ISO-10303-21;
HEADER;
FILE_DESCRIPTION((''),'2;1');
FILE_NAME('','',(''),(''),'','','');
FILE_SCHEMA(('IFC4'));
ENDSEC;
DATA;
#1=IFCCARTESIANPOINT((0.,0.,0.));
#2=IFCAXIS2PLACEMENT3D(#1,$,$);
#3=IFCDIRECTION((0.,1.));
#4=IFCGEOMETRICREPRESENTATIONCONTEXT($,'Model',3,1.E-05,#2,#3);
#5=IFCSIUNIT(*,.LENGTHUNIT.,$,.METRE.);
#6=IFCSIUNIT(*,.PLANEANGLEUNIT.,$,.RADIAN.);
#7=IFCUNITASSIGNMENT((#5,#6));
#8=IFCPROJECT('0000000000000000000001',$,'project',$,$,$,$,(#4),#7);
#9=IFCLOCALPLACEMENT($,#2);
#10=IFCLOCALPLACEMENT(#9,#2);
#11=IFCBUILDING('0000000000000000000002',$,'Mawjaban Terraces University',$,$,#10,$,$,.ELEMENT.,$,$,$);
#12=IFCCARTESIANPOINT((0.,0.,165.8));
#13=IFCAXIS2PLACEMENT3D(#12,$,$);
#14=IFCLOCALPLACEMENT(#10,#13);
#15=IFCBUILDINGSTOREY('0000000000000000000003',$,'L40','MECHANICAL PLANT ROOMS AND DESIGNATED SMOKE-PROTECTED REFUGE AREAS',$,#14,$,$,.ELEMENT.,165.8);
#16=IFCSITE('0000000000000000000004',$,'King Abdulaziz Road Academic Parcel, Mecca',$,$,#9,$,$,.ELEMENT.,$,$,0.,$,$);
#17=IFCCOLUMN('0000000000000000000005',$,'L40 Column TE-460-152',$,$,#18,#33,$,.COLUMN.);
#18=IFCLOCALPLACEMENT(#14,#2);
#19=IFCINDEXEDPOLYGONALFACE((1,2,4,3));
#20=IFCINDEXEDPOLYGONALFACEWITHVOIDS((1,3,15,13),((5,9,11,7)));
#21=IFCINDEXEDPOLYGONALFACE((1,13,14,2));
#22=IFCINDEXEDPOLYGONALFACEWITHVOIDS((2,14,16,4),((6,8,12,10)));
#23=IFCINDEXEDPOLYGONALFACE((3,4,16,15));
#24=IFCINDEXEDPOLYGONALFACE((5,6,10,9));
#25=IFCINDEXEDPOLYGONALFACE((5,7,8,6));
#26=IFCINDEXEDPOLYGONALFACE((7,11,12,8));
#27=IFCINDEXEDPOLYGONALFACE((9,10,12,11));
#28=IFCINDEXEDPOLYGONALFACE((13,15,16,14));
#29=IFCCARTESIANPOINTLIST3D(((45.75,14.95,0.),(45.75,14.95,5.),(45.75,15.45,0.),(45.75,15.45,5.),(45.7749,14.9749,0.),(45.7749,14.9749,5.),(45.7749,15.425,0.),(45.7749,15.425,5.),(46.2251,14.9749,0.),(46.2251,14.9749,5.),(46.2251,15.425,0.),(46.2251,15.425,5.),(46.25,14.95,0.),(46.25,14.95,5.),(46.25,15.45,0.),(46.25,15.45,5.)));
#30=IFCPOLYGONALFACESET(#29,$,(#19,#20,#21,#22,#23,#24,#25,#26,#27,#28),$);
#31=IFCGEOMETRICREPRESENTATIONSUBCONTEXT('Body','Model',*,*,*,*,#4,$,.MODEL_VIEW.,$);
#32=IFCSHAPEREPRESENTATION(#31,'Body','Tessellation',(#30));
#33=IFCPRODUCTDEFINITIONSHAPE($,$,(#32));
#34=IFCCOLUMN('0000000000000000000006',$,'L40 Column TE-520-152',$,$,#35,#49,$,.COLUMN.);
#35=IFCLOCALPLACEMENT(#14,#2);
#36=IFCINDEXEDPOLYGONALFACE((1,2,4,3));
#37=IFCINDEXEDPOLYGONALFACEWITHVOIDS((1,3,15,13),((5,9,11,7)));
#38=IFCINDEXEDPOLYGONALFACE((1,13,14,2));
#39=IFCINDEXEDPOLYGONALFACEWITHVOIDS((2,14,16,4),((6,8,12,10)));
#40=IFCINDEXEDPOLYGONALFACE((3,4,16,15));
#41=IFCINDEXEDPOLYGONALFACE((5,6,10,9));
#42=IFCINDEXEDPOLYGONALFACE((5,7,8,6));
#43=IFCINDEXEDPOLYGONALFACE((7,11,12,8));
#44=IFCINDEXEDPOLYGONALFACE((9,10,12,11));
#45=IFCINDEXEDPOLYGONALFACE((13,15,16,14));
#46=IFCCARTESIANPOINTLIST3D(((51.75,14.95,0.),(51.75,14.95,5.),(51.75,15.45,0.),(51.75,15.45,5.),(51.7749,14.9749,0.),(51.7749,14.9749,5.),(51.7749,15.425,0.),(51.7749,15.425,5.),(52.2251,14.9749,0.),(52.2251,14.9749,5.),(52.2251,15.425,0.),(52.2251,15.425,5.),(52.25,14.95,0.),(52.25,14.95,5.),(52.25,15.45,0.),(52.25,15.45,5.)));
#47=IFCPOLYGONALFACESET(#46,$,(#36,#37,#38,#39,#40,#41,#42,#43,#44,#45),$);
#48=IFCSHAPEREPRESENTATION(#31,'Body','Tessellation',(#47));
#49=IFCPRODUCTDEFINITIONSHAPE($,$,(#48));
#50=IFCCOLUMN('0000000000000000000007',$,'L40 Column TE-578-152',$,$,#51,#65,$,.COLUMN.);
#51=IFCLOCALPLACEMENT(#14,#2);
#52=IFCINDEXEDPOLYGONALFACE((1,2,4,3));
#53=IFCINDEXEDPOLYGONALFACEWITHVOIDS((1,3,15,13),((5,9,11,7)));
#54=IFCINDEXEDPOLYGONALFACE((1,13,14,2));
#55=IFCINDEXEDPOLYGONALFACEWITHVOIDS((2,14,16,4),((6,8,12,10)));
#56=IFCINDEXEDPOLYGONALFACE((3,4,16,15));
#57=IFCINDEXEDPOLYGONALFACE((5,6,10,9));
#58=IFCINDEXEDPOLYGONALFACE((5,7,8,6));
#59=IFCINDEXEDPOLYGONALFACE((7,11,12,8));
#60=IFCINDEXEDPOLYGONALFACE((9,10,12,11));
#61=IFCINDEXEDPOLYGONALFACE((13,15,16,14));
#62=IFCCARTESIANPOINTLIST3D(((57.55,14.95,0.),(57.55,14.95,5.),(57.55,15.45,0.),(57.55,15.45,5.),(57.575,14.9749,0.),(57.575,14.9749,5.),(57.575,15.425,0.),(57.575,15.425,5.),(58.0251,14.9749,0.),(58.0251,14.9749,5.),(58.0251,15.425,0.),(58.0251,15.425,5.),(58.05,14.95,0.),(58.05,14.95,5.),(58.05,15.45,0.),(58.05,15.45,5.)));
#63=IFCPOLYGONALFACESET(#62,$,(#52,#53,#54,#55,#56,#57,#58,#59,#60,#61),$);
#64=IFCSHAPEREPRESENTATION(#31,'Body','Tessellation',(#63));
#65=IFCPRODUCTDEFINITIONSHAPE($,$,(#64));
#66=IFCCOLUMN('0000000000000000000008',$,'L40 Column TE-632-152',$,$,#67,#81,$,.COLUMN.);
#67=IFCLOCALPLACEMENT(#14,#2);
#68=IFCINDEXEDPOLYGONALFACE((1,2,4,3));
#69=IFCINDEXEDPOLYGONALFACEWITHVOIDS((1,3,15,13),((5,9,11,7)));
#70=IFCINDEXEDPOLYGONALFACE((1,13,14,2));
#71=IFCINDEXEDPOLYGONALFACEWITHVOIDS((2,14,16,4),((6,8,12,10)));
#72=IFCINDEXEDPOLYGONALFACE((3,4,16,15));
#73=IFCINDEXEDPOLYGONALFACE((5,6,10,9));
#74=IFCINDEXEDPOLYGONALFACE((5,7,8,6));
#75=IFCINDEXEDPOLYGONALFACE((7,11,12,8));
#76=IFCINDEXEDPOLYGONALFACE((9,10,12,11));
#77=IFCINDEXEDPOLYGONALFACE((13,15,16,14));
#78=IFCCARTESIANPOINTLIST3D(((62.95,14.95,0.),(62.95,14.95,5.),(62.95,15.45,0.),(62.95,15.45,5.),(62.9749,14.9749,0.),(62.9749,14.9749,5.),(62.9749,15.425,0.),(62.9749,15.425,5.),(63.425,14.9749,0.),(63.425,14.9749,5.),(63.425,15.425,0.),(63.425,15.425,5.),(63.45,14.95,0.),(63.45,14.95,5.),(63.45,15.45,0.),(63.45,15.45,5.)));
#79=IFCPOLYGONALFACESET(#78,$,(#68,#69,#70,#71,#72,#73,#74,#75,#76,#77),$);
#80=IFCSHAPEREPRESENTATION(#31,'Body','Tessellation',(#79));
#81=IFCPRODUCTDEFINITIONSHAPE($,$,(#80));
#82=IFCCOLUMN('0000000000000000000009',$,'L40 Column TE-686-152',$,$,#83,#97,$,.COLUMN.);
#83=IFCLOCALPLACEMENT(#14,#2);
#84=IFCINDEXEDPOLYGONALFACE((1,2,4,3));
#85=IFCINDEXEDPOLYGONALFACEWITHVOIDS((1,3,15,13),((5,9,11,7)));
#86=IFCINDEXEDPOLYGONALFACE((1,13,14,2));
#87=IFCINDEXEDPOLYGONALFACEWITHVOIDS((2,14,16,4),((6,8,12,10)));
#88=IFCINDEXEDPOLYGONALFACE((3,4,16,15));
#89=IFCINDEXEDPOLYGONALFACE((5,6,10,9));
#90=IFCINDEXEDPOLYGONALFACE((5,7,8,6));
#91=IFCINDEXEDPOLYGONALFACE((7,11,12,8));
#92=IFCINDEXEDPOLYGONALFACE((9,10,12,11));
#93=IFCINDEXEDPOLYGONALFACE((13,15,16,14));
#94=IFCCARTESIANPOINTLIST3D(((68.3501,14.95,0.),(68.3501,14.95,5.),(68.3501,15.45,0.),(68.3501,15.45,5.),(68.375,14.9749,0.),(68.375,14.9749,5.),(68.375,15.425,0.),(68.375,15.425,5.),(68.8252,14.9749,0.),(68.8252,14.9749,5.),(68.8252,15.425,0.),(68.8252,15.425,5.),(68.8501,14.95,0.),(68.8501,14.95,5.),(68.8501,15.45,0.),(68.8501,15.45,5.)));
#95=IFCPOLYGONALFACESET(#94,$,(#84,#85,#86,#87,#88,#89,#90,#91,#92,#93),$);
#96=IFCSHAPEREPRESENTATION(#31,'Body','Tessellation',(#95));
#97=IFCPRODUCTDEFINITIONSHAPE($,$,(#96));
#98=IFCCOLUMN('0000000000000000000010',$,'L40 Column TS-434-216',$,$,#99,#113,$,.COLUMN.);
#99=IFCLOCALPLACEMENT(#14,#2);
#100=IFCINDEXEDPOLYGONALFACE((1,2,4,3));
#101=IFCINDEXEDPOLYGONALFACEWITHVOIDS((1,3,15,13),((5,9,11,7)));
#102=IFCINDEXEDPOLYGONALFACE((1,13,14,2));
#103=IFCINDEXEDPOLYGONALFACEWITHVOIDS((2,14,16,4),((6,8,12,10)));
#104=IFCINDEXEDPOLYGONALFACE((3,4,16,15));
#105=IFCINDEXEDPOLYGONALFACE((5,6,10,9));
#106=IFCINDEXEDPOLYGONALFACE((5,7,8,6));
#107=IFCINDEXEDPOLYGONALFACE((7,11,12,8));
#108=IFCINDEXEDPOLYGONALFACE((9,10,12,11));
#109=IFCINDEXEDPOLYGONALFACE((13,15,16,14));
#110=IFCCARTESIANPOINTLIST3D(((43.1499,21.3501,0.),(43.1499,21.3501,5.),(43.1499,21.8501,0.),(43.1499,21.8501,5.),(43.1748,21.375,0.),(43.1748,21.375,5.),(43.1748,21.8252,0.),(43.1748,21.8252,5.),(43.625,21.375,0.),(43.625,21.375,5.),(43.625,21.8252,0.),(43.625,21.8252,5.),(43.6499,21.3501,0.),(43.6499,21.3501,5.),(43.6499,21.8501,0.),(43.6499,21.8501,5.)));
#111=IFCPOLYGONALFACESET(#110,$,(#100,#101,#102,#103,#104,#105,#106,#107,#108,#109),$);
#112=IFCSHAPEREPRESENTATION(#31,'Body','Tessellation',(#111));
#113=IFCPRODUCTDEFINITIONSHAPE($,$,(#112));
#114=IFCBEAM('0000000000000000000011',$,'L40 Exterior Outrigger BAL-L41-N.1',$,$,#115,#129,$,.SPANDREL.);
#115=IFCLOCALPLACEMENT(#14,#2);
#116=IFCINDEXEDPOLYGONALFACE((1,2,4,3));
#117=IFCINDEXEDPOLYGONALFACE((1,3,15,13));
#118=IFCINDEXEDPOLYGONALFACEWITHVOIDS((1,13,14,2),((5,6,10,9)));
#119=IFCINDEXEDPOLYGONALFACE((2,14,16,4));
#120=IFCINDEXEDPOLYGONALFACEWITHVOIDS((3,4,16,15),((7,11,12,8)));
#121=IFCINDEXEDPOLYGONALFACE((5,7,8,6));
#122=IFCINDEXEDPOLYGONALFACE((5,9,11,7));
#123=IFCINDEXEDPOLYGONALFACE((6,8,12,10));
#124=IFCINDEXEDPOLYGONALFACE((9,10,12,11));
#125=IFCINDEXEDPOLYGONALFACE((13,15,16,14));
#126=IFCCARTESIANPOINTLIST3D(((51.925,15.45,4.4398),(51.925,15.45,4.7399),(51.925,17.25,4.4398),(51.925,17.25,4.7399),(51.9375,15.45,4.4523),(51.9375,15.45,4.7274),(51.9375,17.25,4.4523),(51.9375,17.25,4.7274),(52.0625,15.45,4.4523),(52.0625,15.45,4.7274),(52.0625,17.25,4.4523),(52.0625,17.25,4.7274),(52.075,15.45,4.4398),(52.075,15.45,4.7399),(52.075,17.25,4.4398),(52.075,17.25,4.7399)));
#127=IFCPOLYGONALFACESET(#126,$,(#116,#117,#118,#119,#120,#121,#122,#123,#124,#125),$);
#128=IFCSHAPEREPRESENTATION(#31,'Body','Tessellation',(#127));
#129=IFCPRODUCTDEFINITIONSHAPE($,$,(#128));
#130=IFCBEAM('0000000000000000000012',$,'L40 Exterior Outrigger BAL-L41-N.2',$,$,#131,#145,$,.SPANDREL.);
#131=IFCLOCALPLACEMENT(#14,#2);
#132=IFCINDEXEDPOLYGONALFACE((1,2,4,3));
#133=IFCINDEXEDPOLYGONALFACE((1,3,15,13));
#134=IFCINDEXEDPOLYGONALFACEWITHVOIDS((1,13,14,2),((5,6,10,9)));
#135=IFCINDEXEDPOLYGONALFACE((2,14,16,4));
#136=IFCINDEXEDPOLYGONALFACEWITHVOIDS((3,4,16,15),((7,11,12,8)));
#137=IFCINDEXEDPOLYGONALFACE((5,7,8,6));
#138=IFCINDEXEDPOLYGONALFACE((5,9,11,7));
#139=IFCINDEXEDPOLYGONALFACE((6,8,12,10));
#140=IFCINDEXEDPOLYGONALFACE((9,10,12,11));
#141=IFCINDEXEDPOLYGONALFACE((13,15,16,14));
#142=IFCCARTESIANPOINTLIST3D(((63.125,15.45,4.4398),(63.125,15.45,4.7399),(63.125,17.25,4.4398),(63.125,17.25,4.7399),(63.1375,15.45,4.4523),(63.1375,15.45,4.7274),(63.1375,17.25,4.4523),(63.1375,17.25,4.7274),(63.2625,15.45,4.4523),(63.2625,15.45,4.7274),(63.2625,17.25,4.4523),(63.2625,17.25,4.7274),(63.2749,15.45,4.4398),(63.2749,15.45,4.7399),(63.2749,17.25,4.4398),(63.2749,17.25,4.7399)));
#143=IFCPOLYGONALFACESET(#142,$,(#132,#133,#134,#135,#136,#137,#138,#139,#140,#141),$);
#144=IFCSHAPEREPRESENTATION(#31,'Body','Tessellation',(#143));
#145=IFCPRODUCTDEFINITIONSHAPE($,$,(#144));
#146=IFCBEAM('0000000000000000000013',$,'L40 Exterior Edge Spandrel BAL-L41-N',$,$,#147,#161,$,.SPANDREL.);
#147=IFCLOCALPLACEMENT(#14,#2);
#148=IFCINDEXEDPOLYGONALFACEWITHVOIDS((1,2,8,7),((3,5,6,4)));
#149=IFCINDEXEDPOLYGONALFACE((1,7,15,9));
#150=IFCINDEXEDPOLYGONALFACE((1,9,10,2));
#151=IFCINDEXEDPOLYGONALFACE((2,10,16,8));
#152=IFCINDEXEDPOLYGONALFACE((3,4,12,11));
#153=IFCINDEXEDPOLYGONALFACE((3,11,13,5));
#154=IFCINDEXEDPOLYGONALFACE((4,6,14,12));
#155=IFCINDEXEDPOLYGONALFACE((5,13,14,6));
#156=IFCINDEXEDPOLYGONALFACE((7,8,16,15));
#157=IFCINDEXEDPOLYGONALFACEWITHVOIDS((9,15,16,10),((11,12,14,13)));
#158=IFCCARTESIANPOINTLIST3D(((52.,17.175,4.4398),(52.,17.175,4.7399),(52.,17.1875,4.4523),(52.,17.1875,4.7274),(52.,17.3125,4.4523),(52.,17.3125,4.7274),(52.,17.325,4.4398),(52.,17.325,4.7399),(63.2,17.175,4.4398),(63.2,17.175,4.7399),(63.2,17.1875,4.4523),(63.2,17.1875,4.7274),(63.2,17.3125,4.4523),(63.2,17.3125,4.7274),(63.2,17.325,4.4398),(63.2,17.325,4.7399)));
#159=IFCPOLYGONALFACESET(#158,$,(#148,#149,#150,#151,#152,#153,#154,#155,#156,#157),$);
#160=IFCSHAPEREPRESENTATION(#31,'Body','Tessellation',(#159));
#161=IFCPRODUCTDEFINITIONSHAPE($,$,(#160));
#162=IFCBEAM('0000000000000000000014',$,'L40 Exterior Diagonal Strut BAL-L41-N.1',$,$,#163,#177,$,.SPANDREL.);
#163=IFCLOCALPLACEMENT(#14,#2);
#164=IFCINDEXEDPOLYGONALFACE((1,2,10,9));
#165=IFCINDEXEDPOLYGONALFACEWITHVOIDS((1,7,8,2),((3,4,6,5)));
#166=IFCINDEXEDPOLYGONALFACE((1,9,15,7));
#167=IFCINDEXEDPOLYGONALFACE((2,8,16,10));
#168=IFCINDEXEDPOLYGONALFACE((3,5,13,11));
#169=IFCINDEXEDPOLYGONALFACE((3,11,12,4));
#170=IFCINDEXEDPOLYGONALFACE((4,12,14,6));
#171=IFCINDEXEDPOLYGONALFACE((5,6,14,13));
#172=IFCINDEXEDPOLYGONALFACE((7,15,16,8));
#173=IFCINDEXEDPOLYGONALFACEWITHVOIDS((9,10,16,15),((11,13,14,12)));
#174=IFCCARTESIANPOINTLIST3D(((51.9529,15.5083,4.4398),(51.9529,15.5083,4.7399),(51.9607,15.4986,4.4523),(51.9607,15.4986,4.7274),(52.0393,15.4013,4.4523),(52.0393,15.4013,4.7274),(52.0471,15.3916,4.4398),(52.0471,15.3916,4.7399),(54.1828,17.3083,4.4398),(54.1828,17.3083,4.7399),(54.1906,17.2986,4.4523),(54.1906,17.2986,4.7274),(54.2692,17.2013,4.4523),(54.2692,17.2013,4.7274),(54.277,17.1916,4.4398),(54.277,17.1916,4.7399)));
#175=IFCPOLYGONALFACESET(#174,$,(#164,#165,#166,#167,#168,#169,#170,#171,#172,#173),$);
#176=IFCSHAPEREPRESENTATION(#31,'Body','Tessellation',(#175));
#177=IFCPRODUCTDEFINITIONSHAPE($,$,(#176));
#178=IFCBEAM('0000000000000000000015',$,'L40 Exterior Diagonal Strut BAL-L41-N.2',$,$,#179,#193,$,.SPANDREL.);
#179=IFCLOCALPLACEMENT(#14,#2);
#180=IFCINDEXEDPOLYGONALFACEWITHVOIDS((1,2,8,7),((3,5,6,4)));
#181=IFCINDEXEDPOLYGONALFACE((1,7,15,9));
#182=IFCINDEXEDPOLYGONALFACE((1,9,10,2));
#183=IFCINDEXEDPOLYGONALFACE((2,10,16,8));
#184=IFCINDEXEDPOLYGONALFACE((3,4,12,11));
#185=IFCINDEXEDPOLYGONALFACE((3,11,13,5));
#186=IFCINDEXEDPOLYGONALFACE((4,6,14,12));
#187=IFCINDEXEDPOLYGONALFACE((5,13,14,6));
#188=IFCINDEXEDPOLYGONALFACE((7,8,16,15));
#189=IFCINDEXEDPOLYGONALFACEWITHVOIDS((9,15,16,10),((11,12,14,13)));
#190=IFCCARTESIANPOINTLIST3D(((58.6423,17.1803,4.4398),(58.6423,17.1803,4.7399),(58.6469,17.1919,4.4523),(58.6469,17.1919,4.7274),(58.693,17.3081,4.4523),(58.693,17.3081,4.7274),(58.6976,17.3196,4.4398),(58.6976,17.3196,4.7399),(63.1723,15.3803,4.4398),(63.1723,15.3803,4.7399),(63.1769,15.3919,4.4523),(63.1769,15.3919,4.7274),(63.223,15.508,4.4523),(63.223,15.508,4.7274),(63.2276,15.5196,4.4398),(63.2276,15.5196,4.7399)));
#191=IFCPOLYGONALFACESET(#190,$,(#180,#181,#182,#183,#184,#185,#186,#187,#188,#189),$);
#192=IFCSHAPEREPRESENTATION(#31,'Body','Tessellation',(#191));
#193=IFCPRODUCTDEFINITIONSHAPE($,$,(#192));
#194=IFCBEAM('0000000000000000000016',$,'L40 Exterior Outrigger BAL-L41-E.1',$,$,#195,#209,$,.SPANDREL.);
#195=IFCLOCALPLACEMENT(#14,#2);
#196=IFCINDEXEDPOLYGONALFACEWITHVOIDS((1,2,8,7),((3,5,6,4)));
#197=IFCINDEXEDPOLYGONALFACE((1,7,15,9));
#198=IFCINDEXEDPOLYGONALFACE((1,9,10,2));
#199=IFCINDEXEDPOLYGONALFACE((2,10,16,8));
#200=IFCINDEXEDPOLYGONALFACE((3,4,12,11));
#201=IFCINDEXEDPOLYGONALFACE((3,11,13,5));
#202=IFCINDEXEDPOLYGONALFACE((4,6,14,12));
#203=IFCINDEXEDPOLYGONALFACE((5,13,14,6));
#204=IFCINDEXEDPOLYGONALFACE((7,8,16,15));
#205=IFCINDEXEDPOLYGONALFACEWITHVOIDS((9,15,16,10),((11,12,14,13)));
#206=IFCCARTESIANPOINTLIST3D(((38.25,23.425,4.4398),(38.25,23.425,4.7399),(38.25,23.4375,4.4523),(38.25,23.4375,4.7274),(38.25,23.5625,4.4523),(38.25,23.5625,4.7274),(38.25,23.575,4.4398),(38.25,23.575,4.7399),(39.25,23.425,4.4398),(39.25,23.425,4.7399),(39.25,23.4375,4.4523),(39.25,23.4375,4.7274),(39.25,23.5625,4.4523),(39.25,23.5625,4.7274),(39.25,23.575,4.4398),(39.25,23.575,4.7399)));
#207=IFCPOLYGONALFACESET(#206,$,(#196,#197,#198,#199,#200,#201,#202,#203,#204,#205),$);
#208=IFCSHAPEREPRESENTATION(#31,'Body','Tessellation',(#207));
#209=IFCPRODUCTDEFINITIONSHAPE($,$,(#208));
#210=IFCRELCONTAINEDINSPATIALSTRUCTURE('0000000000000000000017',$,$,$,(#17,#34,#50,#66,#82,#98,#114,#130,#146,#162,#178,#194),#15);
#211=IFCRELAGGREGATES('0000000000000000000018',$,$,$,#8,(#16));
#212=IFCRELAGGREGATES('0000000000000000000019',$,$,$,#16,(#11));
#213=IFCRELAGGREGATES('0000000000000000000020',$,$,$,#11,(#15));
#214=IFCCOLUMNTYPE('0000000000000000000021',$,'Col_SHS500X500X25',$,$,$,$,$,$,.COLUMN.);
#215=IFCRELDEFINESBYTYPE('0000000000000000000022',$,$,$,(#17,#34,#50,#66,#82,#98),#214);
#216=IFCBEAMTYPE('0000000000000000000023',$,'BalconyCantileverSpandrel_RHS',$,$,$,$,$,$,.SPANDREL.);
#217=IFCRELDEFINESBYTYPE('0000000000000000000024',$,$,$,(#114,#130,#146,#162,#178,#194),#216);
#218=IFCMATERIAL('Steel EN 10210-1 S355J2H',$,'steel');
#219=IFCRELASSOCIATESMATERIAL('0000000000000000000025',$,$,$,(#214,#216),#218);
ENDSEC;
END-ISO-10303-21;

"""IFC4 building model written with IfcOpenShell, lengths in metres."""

from ifc_helpers import new_model, si_unit, direction, frame, origin, origin_2d, place, context, subcontext, project, spatial, hollow_rectangle, extrude, material, material_profile, profile_set, type_object, element, save


model = new_model("IFC4")

# Units and contexts
model_context = context("Model", 3, precision=1e-05, world=origin(), true_north=direction((0.0, 1.0)))
body_context = subcontext(model_context, "Body", "Model", "MODEL_VIEW")
ifc_project = project(units=[si_unit("LENGTHUNIT", "METRE"), si_unit("PLANEANGLEUNIT", "RADIAN")], contexts=[model_context])

# Site, building, storey
site_placement = place(None, origin())
site = spatial("IfcSite", under=ifc_project, at=site_placement, Name="King Abdulaziz Road Academic Parcel, Mecca", CompositionType="ELEMENT", RefElevation=0.0)
building_placement = place(site_placement, origin())
building = spatial("IfcBuilding", under=site, at=building_placement, Name="Mawjaban Terraces University", CompositionType="ELEMENT")
storey_placement = place(building_placement, frame((0.0, 0.0, 165.8)))
storey = spatial("IfcBuildingStorey", under=building, at=storey_placement, Name="L40", Description="MECHANICAL PLANT ROOMS AND DESIGNATED SMOKE-PROTECTED REFUGE AREAS", CompositionType="ELEMENT", Elevation=165.8)

# Columns
ifc_material_1 = material(Name="Steel EN 10210-1 S355J2H", Category="steel")
ifc_material_profile_1 = material_profile(ifc_material_1, hollow_rectangle(XDim=0.5, YDim=0.5, WallThickness=0.0249, at=origin_2d()), Name="SHS500X500X25")
ifc_profile_set_1 = profile_set([ifc_material_profile_1], Name="Steel EN 10210-1 S355J2H")
column_type = type_object("IfcColumnType", Name="Col_SHS500X500X25", PredefinedType="COLUMN", material=ifc_profile_set_1)
for number, where, z_axis, x_axis, name in (
    (1, (46.0, 15.2, 0.0), (0.0, 0.0, 1.0), (1.0, 0.0, 0.0), "L40 Column TE-460-152"),
    (2, (52.0, 15.2, 0.0), (0.0, 0.0, 1.0), (1.0, 0.0, 0.0), "L40 Column TE-520-152"),
    (3, (57.8, 15.2, 0.0), (0.0, 0.0, 1.0), (1.0, 0.0, 0.0), "L40 Column TE-578-152"),
    (4, (63.2, 15.2, 0.0), (0.0, 0.0, 1.0), (1.0, 0.0, 0.0), "L40 Column TE-632-152"),
    (5, (68.6001, 15.2, 0.0), (0.0, 0.0, 1.0), (1.0, 0.0, 0.0), "L40 Column TE-686-152"),
    (6, (43.3999, 21.6001, 0.0), (0.0, 0.0, 1.0), (1.0, 0.0, 0.0), "L40 Column TS-434-216"),
):
    element("IfcColumn", number, at=place(storey_placement, frame(where, z_axis=z_axis, x_axis=x_axis)), inside=storey, type_object=column_type, Name=name, PredefinedType="COLUMN", context=body_context, shape_type="SweptSolid", body=[
        extrude(hollow_rectangle(XDim=0.5, YDim=0.5, WallThickness=0.0249, at=origin_2d()), origin(), (0.0, 0.0, 1.0), 5.0),
    ])

# Beams
ifc_material_profile_2 = material_profile(ifc_material_1, hollow_rectangle(XDim=0.1499, YDim=0.3, WallThickness=0.0125, at=origin_2d()), Name="RHS300X150X12.5")
ifc_profile_set_2 = profile_set([ifc_material_profile_2], Name="Steel EN 10210-1 S355J2H")
beam_type_1 = type_object("IfcBeamType", Name="BalconyCantileverSpandrel_RHS", PredefinedType="SPANDREL", material=ifc_profile_set_2)
for number, where, z_axis, x_axis, name in (
    (7, (52.0, 15.45, 4.5898), (0.0, 1.0, 0.0), (-1.0, 0.0, 0.0), "L40 Exterior Outrigger BAL-L41-N.1"),
    (8, (63.2, 15.45, 4.5898), (0.0, 1.0, 0.0), (-1.0, 0.0, 0.0), "L40 Exterior Outrigger BAL-L41-N.2"),
):
    element("IfcBeam", number, at=place(storey_placement, frame(where, z_axis=z_axis, x_axis=x_axis)), inside=storey, type_object=beam_type_1, Name=name, PredefinedType="SPANDREL", context=body_context, shape_type="SweptSolid", body=[
        extrude(hollow_rectangle(XDim=0.1499, YDim=0.3, WallThickness=0.0125, at=origin_2d()), origin(), (0.0, 0.0, 1.0), 1.8),
    ])
beam_1_placement = place(storey_placement, frame((52.0, 17.25, 4.5898), z_axis=(1.0, 0.0, 0.0), x_axis=(0.0, 1.0, 0.0)))
element("IfcBeam", 9, at=beam_1_placement, inside=storey, type_object=beam_type_1, Name="L40 Exterior Edge Spandrel BAL-L41-N", PredefinedType="SPANDREL", context=body_context, shape_type="SweptSolid", body=[
    extrude(hollow_rectangle(XDim=0.1499, YDim=0.3, WallThickness=0.0125, at=origin_2d()), origin(), (0.0, 0.0, 1.0), 11.2),
])
beam_2_placement = place(storey_placement, frame((52.0, 15.45, 4.5898), z_axis=(0.778127, 0.628107, 0.0), x_axis=(-0.628107, 0.778127, 0.0)))
element("IfcBeam", 10, at=beam_2_placement, inside=storey, type_object=beam_type_1, Name="L40 Exterior Diagonal Strut BAL-L41-N.1", PredefinedType="SPANDREL", context=body_context, shape_type="SweptSolid", body=[
    extrude(hollow_rectangle(XDim=0.1499, YDim=0.3, WallThickness=0.0125, at=origin_2d()), origin(), (0.0, 0.0, 1.0), 2.8657),
])
beam_3_placement = place(storey_placement, frame((63.2, 15.45, 4.5898), z_axis=(-0.929321, 0.369274, 0.0), x_axis=(-0.369274, -0.929321, 0.0)))
element("IfcBeam", 11, at=beam_3_placement, inside=storey, type_object=beam_type_1, Name="L40 Exterior Diagonal Strut BAL-L41-N.2", PredefinedType="SPANDREL", context=body_context, shape_type="SweptSolid", body=[
    extrude(hollow_rectangle(XDim=0.1499, YDim=0.3, WallThickness=0.0125, at=origin_2d()), origin(), (0.0, 0.0, 1.0), 4.8745),
])
beam_4_placement = place(storey_placement, frame((38.25, 23.5, 4.5898), z_axis=(1.0, 0.0, 0.0), x_axis=(0.0, 1.0, 0.0)))
element("IfcBeam", 12, at=beam_4_placement, inside=storey, type_object=beam_type_1, Name="L40 Exterior Outrigger BAL-L41-E.1", PredefinedType="SPANDREL", context=body_context, shape_type="SweptSolid", body=[
    extrude(hollow_rectangle(XDim=0.1499, YDim=0.3, WallThickness=0.0125, at=origin_2d()), origin(), (0.0, 0.0, 1.0), 1.0),
])

save(model, "model.ifc")
